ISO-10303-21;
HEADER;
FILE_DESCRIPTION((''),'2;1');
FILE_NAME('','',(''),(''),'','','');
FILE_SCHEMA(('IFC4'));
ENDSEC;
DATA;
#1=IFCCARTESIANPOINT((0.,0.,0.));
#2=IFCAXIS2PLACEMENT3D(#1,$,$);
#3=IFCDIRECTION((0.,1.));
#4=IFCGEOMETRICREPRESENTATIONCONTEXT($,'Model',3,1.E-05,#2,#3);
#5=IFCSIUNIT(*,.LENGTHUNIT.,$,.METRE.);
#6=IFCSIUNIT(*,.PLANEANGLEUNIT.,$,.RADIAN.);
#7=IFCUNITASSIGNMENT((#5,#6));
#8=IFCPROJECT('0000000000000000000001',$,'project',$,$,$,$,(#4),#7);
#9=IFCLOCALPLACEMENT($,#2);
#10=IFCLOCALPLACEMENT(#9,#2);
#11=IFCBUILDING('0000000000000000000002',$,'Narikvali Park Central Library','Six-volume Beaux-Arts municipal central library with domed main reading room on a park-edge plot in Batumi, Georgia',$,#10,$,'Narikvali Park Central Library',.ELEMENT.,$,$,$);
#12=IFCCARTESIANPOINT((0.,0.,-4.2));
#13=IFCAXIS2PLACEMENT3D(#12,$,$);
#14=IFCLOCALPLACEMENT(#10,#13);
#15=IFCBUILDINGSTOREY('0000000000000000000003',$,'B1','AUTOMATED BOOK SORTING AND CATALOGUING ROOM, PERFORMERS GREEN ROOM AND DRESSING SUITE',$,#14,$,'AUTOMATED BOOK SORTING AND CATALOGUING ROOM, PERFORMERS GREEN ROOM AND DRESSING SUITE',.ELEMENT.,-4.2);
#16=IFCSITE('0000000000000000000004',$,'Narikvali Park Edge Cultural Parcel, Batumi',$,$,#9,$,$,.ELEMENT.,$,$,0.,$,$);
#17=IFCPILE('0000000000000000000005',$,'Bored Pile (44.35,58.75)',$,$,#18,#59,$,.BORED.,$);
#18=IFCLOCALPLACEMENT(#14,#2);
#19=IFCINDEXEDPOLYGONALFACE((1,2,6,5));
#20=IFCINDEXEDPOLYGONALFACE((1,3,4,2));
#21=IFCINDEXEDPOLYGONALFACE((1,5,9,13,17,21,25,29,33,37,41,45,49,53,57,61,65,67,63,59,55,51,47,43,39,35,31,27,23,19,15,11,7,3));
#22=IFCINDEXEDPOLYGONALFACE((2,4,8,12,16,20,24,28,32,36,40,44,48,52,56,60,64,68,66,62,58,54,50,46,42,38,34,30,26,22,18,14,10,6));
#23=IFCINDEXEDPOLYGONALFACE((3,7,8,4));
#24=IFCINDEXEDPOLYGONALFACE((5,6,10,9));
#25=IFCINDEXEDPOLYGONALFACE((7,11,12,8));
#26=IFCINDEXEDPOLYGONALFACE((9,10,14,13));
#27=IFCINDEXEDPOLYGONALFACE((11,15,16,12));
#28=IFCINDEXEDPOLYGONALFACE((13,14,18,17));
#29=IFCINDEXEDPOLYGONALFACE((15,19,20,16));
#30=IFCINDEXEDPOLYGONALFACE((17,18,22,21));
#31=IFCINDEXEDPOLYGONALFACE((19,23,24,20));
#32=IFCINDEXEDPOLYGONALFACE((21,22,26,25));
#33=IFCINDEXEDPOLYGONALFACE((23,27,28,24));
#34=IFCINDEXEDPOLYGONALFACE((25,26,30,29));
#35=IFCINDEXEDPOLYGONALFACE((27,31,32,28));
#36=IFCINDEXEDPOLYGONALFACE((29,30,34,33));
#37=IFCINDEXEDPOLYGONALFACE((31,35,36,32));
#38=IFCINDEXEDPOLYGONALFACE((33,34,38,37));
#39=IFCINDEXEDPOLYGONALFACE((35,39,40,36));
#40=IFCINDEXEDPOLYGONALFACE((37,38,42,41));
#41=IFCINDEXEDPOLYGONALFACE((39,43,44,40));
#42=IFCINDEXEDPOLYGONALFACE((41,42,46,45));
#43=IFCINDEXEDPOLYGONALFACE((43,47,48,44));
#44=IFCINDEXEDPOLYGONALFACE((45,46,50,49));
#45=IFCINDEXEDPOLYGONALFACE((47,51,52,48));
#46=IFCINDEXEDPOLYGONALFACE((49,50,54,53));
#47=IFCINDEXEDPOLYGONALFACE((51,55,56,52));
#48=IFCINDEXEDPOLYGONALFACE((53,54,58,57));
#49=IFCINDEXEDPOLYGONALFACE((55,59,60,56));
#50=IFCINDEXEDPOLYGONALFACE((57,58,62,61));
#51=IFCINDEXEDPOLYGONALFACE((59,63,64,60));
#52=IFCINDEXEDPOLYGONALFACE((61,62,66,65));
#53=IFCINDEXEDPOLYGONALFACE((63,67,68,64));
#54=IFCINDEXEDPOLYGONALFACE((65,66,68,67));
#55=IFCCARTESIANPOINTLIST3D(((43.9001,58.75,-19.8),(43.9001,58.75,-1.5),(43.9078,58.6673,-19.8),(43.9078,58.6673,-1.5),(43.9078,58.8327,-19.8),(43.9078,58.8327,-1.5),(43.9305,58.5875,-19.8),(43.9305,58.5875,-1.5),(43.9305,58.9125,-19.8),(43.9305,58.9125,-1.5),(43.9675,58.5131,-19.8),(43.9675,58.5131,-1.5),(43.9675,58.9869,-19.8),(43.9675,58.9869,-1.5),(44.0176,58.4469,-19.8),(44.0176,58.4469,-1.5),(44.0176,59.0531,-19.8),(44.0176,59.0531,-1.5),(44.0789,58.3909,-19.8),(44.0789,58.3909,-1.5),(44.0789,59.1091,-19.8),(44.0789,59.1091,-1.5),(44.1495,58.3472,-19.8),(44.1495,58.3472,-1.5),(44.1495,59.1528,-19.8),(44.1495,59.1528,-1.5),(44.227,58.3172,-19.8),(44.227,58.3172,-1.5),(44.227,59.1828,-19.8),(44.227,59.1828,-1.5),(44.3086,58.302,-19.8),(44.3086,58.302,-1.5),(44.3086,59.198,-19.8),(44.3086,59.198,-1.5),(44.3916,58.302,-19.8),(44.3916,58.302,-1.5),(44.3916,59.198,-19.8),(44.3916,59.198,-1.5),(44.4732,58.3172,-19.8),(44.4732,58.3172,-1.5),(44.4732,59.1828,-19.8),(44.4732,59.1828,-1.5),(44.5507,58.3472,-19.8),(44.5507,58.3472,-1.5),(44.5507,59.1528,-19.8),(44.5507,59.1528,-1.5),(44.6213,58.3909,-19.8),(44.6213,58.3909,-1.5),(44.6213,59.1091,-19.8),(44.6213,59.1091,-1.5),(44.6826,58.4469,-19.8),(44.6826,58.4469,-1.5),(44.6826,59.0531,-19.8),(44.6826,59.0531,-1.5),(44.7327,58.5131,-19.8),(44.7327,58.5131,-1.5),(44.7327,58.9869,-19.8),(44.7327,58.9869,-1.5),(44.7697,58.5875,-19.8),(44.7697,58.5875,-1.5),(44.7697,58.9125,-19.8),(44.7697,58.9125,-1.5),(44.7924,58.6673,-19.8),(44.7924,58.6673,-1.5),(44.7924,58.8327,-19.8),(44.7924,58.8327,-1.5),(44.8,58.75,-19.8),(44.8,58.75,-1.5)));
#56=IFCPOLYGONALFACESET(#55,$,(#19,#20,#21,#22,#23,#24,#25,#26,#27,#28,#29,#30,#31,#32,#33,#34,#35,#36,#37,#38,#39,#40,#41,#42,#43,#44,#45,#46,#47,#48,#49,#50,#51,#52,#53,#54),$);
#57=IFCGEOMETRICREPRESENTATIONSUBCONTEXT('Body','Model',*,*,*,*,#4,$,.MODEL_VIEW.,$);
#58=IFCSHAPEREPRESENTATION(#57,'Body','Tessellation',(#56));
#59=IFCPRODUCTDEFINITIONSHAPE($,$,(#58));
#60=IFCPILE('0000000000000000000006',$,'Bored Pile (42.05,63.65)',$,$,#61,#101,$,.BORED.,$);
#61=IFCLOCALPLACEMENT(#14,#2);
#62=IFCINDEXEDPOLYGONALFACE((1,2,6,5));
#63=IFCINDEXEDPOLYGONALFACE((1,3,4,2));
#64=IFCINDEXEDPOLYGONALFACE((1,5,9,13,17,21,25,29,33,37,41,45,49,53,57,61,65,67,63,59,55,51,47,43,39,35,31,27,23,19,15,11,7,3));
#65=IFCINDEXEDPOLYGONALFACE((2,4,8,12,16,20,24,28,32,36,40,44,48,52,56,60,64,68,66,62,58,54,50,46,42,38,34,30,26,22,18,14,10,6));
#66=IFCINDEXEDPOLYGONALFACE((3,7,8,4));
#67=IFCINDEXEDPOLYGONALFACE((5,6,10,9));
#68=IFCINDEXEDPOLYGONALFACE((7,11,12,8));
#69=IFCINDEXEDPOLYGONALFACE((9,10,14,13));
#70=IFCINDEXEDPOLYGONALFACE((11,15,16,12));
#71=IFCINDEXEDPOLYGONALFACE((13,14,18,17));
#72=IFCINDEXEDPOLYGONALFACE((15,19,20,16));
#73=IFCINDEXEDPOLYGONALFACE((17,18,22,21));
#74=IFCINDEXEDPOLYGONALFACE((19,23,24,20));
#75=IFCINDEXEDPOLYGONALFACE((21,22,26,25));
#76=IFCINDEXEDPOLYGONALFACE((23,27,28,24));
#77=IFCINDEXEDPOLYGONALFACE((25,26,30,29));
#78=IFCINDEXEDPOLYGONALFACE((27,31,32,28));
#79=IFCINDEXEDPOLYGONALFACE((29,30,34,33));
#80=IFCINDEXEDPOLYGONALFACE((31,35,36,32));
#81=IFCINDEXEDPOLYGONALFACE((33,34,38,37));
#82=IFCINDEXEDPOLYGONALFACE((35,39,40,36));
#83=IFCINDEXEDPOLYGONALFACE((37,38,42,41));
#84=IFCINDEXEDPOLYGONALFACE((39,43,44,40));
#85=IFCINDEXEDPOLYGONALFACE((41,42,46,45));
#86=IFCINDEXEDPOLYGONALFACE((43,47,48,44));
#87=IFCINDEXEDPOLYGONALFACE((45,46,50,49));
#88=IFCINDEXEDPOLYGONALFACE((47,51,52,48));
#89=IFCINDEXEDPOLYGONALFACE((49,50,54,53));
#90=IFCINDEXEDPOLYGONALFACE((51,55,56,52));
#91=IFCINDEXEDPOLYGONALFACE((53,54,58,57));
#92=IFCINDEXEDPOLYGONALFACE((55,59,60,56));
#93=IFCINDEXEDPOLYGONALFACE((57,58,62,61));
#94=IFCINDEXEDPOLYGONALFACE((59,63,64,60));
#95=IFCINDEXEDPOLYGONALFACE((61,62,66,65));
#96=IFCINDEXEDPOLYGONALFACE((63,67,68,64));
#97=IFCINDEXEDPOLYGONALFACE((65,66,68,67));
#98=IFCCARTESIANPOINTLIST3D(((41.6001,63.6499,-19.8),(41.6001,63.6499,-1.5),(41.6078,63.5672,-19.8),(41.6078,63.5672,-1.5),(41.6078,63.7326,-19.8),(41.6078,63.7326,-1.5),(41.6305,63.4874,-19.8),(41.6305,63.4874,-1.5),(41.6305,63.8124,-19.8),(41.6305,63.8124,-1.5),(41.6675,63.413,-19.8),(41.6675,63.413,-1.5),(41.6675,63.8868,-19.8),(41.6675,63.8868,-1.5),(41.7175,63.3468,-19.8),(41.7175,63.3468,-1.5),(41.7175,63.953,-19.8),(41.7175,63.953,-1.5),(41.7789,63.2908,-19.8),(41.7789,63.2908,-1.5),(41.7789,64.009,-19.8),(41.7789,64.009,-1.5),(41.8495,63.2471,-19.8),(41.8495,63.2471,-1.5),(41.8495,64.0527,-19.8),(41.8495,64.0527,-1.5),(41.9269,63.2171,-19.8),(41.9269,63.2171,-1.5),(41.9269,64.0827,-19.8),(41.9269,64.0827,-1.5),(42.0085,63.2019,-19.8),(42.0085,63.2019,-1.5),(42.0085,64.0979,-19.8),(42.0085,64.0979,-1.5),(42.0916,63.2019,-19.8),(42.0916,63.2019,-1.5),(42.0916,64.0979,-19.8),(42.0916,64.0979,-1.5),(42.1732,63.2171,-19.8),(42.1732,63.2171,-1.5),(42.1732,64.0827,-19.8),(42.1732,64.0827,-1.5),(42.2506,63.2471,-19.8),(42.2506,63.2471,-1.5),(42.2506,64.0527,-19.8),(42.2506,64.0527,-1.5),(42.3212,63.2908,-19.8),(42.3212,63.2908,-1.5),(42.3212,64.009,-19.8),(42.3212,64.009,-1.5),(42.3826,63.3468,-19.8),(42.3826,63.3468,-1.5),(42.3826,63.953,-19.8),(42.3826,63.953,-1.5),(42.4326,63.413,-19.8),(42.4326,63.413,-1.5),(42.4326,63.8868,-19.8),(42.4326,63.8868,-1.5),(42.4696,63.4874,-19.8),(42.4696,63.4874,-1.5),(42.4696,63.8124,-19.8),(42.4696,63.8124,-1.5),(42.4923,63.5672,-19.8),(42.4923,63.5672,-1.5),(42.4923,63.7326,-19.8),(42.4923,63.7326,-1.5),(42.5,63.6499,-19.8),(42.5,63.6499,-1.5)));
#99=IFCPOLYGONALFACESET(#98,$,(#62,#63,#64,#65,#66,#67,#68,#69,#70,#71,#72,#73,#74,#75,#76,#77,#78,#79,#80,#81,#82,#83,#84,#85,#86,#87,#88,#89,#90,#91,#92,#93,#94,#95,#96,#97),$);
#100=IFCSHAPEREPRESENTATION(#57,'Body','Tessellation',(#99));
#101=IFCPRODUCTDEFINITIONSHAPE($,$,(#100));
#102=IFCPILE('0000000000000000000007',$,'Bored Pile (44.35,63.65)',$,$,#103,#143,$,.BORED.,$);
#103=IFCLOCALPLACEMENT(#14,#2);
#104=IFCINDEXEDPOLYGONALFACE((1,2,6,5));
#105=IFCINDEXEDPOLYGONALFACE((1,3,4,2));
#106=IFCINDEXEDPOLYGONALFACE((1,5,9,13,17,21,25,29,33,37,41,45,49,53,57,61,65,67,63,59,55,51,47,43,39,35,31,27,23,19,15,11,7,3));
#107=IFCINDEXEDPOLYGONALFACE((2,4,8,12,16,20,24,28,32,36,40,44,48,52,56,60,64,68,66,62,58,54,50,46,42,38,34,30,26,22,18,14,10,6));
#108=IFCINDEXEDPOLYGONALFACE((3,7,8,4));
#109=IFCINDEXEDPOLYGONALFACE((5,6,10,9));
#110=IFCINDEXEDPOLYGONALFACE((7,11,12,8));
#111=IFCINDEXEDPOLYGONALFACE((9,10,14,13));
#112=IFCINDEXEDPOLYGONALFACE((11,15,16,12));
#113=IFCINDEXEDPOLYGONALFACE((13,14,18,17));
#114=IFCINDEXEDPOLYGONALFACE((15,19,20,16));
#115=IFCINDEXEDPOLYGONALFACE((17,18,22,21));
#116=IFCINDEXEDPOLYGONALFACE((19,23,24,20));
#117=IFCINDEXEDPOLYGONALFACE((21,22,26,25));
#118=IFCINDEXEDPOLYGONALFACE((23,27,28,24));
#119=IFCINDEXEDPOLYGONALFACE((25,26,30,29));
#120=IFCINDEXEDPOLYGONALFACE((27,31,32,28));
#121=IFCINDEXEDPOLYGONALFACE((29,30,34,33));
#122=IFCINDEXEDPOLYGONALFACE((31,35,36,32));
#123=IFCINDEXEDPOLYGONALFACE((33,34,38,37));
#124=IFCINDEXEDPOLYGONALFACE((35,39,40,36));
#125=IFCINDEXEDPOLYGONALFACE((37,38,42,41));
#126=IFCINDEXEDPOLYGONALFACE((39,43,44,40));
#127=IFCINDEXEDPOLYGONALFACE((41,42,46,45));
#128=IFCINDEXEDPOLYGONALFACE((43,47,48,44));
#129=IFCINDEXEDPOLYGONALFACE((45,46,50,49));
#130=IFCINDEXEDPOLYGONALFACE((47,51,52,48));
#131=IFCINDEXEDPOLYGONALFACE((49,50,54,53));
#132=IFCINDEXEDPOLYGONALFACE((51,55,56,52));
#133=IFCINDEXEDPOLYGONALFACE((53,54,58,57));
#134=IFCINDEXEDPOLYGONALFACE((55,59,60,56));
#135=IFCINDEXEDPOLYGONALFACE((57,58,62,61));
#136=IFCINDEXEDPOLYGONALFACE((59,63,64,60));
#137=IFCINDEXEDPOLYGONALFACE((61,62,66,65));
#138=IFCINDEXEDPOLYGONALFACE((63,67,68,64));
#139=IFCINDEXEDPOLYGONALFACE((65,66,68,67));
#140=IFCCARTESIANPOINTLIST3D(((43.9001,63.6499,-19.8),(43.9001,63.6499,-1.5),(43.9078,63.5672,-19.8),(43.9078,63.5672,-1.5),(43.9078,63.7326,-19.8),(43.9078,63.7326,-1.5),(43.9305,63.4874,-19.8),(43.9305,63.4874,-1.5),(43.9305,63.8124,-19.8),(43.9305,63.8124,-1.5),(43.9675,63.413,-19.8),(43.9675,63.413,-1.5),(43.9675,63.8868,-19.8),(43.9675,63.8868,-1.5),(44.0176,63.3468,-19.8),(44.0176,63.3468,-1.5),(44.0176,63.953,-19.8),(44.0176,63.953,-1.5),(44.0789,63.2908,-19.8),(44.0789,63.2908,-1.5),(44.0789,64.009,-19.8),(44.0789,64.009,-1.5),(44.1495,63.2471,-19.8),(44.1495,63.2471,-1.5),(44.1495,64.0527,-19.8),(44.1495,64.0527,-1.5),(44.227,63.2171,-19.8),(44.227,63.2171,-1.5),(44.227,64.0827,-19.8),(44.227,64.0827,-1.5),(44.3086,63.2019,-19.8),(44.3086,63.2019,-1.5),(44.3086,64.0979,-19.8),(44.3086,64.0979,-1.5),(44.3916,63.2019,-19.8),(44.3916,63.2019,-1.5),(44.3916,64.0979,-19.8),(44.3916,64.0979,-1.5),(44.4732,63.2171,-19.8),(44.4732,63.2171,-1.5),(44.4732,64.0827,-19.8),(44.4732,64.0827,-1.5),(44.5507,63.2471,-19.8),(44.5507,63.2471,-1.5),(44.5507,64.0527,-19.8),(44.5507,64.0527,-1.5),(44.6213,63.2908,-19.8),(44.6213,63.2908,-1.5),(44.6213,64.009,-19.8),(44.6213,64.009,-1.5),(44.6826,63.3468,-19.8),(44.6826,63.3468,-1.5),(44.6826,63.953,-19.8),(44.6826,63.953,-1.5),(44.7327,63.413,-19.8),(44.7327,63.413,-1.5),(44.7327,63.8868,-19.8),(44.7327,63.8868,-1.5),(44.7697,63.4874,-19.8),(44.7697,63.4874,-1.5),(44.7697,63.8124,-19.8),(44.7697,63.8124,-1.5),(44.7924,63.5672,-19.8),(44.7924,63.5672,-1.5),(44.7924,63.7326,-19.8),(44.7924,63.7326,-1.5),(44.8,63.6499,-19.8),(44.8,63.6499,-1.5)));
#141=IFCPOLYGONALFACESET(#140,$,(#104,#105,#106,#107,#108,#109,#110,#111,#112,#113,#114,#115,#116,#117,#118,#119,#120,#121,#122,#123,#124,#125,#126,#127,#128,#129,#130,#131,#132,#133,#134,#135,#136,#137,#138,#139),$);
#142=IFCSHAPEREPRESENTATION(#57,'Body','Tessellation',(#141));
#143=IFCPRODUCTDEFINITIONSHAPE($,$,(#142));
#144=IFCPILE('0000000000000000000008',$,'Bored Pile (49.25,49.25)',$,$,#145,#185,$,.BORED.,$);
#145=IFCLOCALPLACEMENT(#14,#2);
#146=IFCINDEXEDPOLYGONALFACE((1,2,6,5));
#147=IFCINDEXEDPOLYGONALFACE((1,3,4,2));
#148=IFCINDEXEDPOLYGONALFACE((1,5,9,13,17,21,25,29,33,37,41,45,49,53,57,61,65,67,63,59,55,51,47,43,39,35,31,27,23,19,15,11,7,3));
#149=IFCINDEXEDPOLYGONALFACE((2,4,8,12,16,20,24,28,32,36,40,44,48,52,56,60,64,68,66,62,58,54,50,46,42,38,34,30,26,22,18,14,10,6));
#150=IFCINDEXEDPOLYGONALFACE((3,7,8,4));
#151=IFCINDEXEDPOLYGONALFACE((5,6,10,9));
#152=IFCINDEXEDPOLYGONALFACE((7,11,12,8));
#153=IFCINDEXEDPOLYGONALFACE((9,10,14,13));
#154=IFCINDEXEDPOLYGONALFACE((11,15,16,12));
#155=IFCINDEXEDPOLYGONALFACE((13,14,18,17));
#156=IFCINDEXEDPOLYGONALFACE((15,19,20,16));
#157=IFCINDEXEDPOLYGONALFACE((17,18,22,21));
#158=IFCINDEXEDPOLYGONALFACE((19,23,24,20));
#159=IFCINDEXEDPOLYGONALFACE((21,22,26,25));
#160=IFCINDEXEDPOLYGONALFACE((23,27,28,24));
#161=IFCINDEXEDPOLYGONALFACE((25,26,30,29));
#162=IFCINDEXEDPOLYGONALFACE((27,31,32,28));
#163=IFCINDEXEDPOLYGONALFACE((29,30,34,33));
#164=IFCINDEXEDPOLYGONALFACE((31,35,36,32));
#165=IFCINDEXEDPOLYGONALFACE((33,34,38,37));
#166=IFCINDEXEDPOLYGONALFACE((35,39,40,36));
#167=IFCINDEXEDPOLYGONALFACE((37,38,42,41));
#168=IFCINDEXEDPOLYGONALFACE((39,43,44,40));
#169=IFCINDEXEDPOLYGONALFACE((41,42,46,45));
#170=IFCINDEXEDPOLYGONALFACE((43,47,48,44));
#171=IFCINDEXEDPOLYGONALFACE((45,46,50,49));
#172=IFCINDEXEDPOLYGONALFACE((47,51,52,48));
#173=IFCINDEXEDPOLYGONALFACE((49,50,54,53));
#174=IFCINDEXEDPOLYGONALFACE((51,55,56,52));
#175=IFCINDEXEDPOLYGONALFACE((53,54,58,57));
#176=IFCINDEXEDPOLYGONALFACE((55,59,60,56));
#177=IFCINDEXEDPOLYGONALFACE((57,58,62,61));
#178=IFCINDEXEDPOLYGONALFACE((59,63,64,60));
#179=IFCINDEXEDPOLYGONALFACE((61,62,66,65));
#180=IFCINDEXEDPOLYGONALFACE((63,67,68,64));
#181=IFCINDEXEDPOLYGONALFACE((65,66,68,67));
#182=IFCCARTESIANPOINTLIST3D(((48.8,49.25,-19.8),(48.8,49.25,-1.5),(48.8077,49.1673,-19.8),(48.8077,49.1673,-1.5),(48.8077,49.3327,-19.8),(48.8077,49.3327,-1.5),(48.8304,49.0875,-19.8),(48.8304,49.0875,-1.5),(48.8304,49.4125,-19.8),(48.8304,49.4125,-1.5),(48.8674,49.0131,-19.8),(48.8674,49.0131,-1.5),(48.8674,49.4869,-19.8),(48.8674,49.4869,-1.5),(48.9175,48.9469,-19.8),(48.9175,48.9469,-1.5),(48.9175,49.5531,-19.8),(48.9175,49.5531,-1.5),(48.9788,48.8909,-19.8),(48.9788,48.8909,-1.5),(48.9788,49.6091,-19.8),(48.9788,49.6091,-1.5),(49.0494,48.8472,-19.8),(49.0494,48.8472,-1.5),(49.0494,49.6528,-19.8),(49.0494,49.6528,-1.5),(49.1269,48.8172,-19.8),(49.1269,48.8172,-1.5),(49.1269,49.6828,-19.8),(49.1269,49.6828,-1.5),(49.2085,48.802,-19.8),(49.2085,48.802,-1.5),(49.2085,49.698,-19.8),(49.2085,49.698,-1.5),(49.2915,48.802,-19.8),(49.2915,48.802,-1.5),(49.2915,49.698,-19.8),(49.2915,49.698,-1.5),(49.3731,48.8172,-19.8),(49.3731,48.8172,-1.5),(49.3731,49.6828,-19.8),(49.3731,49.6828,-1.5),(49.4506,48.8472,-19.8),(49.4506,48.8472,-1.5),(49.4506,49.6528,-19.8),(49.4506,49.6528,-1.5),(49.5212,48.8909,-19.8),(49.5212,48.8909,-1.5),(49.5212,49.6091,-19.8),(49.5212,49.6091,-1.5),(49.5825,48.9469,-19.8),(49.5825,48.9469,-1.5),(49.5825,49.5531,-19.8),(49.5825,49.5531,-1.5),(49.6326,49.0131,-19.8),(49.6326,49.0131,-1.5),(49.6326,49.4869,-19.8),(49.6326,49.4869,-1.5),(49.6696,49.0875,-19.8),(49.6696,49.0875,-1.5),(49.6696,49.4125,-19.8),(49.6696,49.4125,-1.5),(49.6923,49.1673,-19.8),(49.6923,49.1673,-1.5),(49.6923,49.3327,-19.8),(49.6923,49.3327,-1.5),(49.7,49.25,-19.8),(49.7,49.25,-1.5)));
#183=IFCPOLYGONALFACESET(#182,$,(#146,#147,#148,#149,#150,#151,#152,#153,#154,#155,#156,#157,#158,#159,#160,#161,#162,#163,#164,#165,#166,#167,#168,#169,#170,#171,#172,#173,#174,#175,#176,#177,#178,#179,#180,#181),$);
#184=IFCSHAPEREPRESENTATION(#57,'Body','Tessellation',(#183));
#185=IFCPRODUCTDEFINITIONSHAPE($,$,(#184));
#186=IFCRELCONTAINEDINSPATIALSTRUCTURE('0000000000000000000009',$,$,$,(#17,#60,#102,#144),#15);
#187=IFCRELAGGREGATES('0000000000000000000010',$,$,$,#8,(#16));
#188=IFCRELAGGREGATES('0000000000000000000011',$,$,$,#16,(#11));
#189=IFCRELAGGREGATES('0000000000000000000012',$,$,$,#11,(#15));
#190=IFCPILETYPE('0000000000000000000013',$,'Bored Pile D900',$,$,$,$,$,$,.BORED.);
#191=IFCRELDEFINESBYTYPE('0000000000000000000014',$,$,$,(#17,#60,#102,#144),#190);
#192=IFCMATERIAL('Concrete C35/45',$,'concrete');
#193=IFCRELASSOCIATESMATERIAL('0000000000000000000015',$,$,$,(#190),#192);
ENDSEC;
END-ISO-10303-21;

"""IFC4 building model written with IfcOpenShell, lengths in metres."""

from ifc_helpers import new_model, si_unit, direction, frame, origin, origin_2d, place, context, subcontext, project, spatial, circle, extrude, material, material_profile, profile_set, type_object, element, save


model = new_model("IFC4")

# Units and contexts
model_context = context("Model", 3, precision=1e-05, world=origin(), true_north=direction((0.0, 1.0)))
body_context = subcontext(model_context, "Body", "Model", "MODEL_VIEW")
ifc_project = project(units=[si_unit("LENGTHUNIT", "METRE"), si_unit("PLANEANGLEUNIT", "RADIAN")], contexts=[model_context])

# Site, building, storey
site_placement = place(None, origin())
site = spatial("IfcSite", under=ifc_project, at=site_placement, Name="Narikvali Park Edge Cultural Parcel, Batumi", CompositionType="ELEMENT", RefElevation=0.0)
building_placement = place(site_placement, origin())
building = spatial("IfcBuilding", under=site, at=building_placement, Name="Narikvali Park Central Library", Description="Six-volume Beaux-Arts municipal central library with domed main reading room on a park-edge plot in Batumi, Georgia", LongName="Narikvali Park Central Library", CompositionType="ELEMENT")
storey_placement = place(building_placement, frame((0.0, 0.0, -4.2)))
storey = spatial("IfcBuildingStorey", under=building, at=storey_placement, Name="B1", Description="AUTOMATED BOOK SORTING AND CATALOGUING ROOM, PERFORMERS GREEN ROOM AND DRESSING SUITE", LongName="AUTOMATED BOOK SORTING AND CATALOGUING ROOM, PERFORMERS GREEN ROOM AND DRESSING SUITE", CompositionType="ELEMENT", Elevation=-4.2)

# Piles
ifc_material_1 = material(Name="Concrete C35/45", Category="concrete")
ifc_material_profile_1 = material_profile(ifc_material_1, circle(Radius=0.45, at=origin_2d()), Name="PILE D900")
ifc_profile_set_1 = profile_set([ifc_material_profile_1], Name="Concrete C35/45")
pile_type = type_object("IfcPileType", Name="Bored Pile D900", PredefinedType="BORED", material=ifc_profile_set_1)
for number, where, z_axis, x_axis, name in (
    (1, (44.3501, 58.75, -1.5), (0.0, 0.0, -1.0), (1.0, 0.0, 0.0), "Bored Pile (44.35,58.75)"),
    (2, (42.05, 63.6499, -1.5), (0.0, 0.0, -1.0), (1.0, 0.0, 0.0), "Bored Pile (42.05,63.65)"),
    (3, (44.3501, 63.6499, -1.5), (0.0, 0.0, -1.0), (1.0, 0.0, 0.0), "Bored Pile (44.35,63.65)"),
    (4, (49.25, 49.25, -1.5), (0.0, 0.0, -1.0), (1.0, 0.0, 0.0), "Bored Pile (49.25,49.25)"),
):
    element("IfcPile", number, at=place(storey_placement, frame(where, z_axis=z_axis, x_axis=x_axis)), inside=storey, type_object=pile_type, Name=name, PredefinedType="BORED", context=body_context, shape_type="SweptSolid", body=[
        extrude(circle(Radius=0.45, at=origin_2d()), origin(), (0.0, 0.0, 1.0), 18.3),
    ])

save(model, "model.ifc")
